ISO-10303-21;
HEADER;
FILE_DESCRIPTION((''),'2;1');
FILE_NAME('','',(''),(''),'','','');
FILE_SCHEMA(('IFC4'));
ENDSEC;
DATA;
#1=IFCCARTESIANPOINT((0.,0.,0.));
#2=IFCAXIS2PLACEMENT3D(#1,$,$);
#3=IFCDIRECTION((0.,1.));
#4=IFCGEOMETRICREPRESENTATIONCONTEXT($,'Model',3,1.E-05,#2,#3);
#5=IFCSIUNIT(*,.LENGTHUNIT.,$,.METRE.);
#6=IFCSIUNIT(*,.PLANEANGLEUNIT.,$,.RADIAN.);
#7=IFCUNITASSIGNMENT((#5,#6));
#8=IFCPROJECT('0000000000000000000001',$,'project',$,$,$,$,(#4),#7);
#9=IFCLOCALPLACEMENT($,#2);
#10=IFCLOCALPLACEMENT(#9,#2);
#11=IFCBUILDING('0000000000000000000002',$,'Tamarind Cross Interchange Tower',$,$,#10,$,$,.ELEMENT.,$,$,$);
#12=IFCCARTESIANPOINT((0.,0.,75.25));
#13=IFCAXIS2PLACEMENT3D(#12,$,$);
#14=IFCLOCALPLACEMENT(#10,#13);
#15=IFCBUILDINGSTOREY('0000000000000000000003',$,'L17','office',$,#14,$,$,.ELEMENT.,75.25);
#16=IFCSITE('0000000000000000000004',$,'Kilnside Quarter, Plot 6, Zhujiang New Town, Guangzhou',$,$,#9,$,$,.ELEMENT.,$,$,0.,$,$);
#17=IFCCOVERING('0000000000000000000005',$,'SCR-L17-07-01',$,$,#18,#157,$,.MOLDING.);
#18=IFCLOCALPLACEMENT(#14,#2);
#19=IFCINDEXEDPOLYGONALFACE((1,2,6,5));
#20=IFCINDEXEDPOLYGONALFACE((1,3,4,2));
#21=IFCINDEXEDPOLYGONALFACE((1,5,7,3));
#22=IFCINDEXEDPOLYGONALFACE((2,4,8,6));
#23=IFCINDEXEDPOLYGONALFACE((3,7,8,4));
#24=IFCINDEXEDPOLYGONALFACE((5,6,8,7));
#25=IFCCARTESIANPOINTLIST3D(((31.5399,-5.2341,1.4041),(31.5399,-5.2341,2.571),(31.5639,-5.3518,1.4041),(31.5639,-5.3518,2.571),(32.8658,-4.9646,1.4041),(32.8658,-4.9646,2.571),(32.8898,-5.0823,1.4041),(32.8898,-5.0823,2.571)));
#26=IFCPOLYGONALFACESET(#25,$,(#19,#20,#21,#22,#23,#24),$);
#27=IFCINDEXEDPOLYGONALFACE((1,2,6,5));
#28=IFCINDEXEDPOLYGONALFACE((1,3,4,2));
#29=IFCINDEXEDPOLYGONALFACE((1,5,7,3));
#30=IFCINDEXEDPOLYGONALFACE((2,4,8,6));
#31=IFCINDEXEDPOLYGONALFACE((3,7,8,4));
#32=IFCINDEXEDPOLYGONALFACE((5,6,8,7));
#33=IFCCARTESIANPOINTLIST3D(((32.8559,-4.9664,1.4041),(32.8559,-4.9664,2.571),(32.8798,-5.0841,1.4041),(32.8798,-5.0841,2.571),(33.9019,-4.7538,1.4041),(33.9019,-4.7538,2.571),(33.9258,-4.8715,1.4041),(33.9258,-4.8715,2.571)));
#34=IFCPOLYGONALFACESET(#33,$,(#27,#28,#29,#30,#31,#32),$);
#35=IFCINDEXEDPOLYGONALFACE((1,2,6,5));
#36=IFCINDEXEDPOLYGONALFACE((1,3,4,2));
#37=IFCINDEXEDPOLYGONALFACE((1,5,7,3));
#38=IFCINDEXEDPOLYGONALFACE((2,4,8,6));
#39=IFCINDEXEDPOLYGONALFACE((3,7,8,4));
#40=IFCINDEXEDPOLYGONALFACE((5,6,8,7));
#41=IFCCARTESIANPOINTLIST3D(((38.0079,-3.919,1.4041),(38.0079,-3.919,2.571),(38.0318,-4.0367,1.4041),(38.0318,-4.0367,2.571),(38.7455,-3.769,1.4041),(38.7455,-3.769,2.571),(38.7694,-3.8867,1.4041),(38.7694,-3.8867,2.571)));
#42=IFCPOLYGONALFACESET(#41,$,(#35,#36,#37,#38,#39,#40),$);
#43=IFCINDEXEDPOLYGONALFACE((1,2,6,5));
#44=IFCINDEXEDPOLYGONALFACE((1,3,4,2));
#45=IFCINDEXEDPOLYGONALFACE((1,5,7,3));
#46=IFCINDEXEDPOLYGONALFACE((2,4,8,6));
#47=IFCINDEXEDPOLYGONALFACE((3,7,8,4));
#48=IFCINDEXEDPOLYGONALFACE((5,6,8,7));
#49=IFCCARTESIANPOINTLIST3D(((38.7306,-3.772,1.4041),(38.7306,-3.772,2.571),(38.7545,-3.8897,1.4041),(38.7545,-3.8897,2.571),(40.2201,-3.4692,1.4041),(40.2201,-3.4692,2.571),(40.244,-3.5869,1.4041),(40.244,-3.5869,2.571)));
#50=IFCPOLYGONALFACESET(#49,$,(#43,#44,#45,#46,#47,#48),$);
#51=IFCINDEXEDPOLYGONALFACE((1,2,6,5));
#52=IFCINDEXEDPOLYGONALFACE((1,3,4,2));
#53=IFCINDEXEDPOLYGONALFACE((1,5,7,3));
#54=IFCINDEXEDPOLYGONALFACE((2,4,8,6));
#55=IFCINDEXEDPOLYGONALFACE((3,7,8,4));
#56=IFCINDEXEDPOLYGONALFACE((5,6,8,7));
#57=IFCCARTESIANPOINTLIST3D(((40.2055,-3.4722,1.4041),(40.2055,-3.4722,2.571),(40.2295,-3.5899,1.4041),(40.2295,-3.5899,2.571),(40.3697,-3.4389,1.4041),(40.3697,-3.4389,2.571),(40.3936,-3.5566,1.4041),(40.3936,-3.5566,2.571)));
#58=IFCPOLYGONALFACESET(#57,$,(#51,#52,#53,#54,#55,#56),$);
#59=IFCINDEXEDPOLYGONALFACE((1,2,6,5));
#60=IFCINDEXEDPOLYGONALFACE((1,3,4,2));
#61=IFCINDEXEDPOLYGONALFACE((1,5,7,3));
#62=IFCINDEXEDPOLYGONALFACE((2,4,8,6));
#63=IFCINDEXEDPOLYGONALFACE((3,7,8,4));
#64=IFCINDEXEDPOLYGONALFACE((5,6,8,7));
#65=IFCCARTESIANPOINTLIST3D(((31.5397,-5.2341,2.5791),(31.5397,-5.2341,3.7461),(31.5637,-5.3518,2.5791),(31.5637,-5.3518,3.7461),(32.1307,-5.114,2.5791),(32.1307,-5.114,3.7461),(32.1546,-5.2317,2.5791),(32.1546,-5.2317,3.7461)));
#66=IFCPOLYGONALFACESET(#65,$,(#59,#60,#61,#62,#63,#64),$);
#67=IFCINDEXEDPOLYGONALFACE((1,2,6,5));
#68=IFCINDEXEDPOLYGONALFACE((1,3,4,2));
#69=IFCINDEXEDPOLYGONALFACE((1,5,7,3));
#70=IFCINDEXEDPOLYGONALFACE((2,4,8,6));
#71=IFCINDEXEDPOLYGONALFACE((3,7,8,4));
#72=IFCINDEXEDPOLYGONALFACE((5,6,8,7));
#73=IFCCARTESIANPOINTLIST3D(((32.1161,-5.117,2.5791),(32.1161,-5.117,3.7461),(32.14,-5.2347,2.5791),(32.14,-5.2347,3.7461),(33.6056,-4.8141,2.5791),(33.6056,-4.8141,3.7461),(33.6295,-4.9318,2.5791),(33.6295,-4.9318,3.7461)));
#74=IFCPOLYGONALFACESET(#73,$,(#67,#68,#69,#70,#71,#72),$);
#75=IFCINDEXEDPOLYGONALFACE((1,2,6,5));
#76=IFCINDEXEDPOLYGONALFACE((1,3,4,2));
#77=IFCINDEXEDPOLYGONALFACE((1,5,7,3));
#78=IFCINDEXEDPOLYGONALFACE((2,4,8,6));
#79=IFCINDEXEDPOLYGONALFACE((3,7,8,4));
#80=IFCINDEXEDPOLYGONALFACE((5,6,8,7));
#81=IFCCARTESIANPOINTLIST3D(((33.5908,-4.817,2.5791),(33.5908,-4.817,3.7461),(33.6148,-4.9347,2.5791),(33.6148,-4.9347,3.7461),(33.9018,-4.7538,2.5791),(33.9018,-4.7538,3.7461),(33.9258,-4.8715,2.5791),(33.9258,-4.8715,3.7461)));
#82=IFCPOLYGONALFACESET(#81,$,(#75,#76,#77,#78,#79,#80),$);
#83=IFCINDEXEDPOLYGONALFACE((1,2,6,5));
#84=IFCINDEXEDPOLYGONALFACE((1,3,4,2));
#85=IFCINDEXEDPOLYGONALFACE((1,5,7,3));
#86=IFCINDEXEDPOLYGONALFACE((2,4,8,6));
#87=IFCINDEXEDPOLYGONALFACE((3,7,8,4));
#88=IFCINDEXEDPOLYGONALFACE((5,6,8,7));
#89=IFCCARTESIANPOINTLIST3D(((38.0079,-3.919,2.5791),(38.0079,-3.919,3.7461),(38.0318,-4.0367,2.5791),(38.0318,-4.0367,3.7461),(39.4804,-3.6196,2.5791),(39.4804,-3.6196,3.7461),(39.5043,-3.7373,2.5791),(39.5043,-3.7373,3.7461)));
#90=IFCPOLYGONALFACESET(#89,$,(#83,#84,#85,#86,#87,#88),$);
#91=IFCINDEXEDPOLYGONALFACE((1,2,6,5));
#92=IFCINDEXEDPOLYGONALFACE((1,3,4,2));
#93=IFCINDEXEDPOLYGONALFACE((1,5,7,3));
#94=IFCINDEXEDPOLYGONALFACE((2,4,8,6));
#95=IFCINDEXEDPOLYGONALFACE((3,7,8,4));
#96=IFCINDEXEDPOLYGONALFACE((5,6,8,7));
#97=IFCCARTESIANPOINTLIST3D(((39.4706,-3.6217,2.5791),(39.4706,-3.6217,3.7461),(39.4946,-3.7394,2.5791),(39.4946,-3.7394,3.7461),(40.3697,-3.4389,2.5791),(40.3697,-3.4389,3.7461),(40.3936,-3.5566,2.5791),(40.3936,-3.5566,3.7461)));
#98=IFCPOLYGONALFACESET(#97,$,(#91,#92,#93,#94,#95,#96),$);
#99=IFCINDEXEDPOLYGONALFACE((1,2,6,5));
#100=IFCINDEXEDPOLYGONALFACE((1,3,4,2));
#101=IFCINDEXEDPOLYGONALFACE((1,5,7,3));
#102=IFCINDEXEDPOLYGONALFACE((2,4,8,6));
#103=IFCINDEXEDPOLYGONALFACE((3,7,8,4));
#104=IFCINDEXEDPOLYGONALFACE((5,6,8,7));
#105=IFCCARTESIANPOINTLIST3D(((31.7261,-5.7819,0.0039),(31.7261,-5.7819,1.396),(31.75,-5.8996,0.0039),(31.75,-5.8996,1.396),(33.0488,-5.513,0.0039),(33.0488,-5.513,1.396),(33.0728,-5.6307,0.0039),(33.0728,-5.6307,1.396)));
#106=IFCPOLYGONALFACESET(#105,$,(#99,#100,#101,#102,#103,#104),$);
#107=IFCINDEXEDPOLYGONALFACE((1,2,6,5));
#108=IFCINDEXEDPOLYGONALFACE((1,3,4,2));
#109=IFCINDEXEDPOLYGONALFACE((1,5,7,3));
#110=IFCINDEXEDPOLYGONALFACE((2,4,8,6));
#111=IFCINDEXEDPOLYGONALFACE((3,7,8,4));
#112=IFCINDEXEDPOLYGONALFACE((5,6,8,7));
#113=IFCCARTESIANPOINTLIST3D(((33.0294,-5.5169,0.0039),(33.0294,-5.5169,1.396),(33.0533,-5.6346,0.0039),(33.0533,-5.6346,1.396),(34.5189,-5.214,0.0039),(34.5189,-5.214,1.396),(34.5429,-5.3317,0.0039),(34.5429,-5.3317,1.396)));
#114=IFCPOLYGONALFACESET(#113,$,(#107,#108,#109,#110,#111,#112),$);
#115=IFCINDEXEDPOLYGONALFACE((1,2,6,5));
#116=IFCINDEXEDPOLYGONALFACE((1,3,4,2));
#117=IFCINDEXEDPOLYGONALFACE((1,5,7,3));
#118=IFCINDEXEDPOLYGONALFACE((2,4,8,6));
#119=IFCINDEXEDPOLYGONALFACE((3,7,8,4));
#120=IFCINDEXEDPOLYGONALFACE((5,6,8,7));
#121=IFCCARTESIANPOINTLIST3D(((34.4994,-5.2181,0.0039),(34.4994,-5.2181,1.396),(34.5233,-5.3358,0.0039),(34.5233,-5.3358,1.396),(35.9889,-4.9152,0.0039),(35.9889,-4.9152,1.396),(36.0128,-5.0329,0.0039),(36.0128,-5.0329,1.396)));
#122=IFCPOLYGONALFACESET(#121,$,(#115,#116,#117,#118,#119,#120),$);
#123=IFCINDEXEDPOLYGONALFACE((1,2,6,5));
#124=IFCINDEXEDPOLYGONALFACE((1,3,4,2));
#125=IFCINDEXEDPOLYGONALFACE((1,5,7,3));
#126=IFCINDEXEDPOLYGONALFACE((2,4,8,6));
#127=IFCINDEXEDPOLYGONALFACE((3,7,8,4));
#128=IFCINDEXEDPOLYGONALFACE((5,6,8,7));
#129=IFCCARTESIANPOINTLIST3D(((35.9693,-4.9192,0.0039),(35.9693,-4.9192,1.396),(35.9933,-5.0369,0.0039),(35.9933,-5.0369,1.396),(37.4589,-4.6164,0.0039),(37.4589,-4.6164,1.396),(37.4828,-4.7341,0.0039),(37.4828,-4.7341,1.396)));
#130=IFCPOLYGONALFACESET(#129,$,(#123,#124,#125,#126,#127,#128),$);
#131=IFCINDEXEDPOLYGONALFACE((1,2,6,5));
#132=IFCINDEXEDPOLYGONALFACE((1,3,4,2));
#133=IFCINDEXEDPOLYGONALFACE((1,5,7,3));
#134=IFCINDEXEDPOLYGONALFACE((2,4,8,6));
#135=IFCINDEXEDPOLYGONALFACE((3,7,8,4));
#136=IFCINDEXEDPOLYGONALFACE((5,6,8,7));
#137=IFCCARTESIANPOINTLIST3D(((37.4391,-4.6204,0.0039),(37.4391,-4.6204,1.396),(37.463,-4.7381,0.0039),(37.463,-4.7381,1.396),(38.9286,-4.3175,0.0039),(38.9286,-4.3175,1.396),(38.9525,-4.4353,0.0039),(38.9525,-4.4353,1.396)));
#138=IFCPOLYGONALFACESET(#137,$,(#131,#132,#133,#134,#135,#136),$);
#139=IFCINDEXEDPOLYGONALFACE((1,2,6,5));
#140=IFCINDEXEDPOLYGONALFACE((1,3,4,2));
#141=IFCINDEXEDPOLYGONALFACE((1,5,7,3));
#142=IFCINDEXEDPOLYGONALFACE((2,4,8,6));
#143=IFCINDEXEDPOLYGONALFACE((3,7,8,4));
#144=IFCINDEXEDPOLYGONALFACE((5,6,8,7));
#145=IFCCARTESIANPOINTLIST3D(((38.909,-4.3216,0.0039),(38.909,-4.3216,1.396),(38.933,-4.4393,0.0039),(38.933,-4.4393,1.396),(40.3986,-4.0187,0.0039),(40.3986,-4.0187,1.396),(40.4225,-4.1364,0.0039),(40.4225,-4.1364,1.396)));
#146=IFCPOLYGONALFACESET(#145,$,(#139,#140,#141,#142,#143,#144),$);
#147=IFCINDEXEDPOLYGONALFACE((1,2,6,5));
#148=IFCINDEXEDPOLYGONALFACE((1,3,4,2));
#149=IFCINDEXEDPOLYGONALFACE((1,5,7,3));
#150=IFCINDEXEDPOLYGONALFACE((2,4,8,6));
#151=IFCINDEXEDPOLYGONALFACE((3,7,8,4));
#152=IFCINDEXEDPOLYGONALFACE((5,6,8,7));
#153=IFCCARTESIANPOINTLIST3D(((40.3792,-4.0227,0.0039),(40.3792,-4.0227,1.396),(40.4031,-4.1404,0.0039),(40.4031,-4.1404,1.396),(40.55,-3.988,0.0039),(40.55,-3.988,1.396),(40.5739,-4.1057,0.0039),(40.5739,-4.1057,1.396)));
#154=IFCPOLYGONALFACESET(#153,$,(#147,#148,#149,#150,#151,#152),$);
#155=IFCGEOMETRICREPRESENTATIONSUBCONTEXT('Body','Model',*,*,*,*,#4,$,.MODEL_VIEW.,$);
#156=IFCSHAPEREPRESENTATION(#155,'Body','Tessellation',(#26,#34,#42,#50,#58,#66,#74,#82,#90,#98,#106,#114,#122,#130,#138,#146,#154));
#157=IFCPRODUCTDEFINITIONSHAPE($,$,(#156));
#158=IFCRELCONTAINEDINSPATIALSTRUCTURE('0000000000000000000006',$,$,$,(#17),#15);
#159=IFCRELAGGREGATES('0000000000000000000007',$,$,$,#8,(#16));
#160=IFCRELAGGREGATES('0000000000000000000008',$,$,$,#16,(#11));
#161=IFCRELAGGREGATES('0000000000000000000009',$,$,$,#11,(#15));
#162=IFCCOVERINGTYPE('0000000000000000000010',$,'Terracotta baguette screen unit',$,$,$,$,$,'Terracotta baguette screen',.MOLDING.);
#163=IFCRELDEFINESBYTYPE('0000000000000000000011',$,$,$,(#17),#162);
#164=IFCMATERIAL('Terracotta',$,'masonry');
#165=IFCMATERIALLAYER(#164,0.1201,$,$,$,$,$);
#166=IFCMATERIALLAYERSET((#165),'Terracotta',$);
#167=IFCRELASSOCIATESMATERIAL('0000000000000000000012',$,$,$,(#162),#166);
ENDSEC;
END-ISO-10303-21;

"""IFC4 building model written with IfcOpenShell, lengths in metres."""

from ifc_helpers import new_model, si_unit, direction, frame, origin, origin_2d, place, context, subcontext, project, spatial, rectangle, extrude, material, layer, layer_set, type_object, element, save


model = new_model("IFC4")

# Units and contexts
model_context = context("Model", 3, precision=1e-05, world=origin(), true_north=direction((0.0, 1.0)))
body_context = subcontext(model_context, "Body", "Model", "MODEL_VIEW")
ifc_project = project(units=[si_unit("LENGTHUNIT", "METRE"), si_unit("PLANEANGLEUNIT", "RADIAN")], contexts=[model_context])

# Site, building, storey
site_placement = place(None, origin())
site = spatial("IfcSite", under=ifc_project, at=site_placement, Name="Kilnside Quarter, Plot 6, Zhujiang New Town, Guangzhou", CompositionType="ELEMENT", RefElevation=0.0)
building_placement = place(site_placement, origin())
building = spatial("IfcBuilding", under=site, at=building_placement, Name="Tamarind Cross Interchange Tower", CompositionType="ELEMENT")
storey_placement = place(building_placement, frame((0.0, 0.0, 75.25)))
storey = spatial("IfcBuildingStorey", under=building, at=storey_placement, Name="L17", Description="office", CompositionType="ELEMENT", Elevation=75.25)

# Covering
ifc_material_1 = material(Name="Terracotta", Category="masonry")
ifc_layer_1 = layer(ifc_material_1, 0.1201)
ifc_layer_set_1 = layer_set([ifc_layer_1], Name="Terracotta")
covering_type = type_object("IfcCoveringType", Name="Terracotta baguette screen unit", ElementType="Terracotta baguette screen", PredefinedType="MOLDING", material=ifc_layer_set_1)
covering_1_placement = place(storey_placement, origin())
element("IfcCovering", 1, at=covering_1_placement, inside=storey, type_object=covering_type, Name="SCR-L17-07-01", PredefinedType="MOLDING", context=body_context, shape_type="SweptSolid", body=[
    extrude(rectangle(XDim=1.353, YDim=0.1201, at=origin_2d()), frame((32.2148, -5.1582, 1.4041), z_axis=(0.0, 0.0, 1.0), x_axis=(0.97995, 0.199245, 0.0)), (0.0, 0.0, 1.0), 1.167),
    extrude(rectangle(XDim=1.0674, YDim=0.1201, at=origin_2d()), frame((33.3909, -4.9189, 1.4041), z_axis=(0.0, 0.0, 1.0), x_axis=(0.97995, 0.199245, 0.0)), (0.0, 0.0, 1.0), 1.167),
    extrude(rectangle(XDim=0.7527, YDim=0.1201, at=origin_2d()), frame((38.3887, -3.9028, 1.4041), z_axis=(0.0, 0.0, 1.0), x_axis=(0.97995, 0.199245, 0.0)), (0.0, 0.0, 1.0), 1.167),
    extrude(rectangle(XDim=1.52, YDim=0.1201, at=origin_2d()), frame((39.4873, -3.6794, 1.4041), z_axis=(0.0, 0.0, 1.0), x_axis=(0.97995, 0.199245, 0.0)), (0.0, 0.0, 1.0), 1.167),
    extrude(rectangle(XDim=0.1675, YDim=0.1201, at=origin_2d()), frame((40.2996, -3.5144, 1.4041), z_axis=(0.0, 0.0, 1.0), x_axis=(0.97995, 0.199245, 0.0)), (0.0, 0.0, 1.0), 1.167),
    extrude(rectangle(XDim=0.603, YDim=0.1201, at=origin_2d()), frame((31.8472, -5.2329, 2.5791), z_axis=(0.0, 0.0, 1.0), x_axis=(0.97995, 0.199245, 0.0)), (0.0, 0.0, 1.0), 1.167),
    extrude(rectangle(XDim=1.52, YDim=0.1201, at=origin_2d()), frame((32.8728, -5.0244, 2.5791), z_axis=(0.0, 0.0, 1.0), x_axis=(0.97995, 0.199245, 0.0)), (0.0, 0.0, 1.0), 1.167),
    extrude(rectangle(XDim=0.3174, YDim=0.1201, at=origin_2d()), frame((33.7583, -4.8442, 2.5791), z_axis=(0.0, 0.0, 1.0), x_axis=(0.97995, 0.199245, 0.0)), (0.0, 0.0, 1.0), 1.167),
    extrude(rectangle(XDim=1.5027, YDim=0.1201, at=origin_2d()), frame((38.7561, -3.8281, 2.5791), z_axis=(0.0, 0.0, 1.0), x_axis=(0.97995, 0.199245, 0.0)), (0.0, 0.0, 1.0), 1.167),
    extrude(rectangle(XDim=0.9175, YDim=0.1201, at=origin_2d()), frame((39.9321, -3.5891, 2.5791), z_axis=(0.0, 0.0, 1.0), x_axis=(0.97995, 0.199245, 0.0)), (0.0, 0.0, 1.0), 1.167),
    extrude(rectangle(XDim=1.3499, YDim=0.1201, at=origin_2d()), frame((32.3994, -5.7063, 0.0039), z_axis=(0.0, 0.0, 1.0), x_axis=(0.97995, 0.199245, 0.0)), (0.0, 0.0, 1.0), 1.3921),
    extrude(rectangle(XDim=1.52, YDim=0.1201, at=origin_2d()), frame((33.7861, -5.4243, 0.0039), z_axis=(0.0, 0.0, 1.0), x_axis=(0.97995, 0.199245, 0.0)), (0.0, 0.0, 1.0), 1.3921),
    extrude(rectangle(XDim=1.52, YDim=0.1201, at=origin_2d()), frame((35.2561, -5.1255, 0.0039), z_axis=(0.0, 0.0, 1.0), x_axis=(0.97995, 0.199245, 0.0)), (0.0, 0.0, 1.0), 1.3921),
    extrude(rectangle(XDim=1.52, YDim=0.1201, at=origin_2d()), frame((36.7261, -4.8267, 0.0039), z_axis=(0.0, 0.0, 1.0), x_axis=(0.97995, 0.199245, 0.0)), (0.0, 0.0, 1.0), 1.3921),
    extrude(rectangle(XDim=1.52, YDim=0.1201, at=origin_2d()), frame((38.1958, -4.5278, 0.0039), z_axis=(0.0, 0.0, 1.0), x_axis=(0.97995, 0.199245, 0.0)), (0.0, 0.0, 1.0), 1.3921),
    extrude(rectangle(XDim=1.52, YDim=0.1201, at=origin_2d()), frame((39.6658, -4.229, 0.0039), z_axis=(0.0, 0.0, 1.0), x_axis=(0.97995, 0.199245, 0.0)), (0.0, 0.0, 1.0), 1.3921),
    extrude(rectangle(XDim=0.1743, YDim=0.1201, at=origin_2d()), frame((40.4766, -4.0642, 0.0039), z_axis=(0.0, 0.0, 1.0), x_axis=(0.97995, 0.199245, 0.0)), (0.0, 0.0, 1.0), 1.3921),
])

save(model, "model.ifc")
